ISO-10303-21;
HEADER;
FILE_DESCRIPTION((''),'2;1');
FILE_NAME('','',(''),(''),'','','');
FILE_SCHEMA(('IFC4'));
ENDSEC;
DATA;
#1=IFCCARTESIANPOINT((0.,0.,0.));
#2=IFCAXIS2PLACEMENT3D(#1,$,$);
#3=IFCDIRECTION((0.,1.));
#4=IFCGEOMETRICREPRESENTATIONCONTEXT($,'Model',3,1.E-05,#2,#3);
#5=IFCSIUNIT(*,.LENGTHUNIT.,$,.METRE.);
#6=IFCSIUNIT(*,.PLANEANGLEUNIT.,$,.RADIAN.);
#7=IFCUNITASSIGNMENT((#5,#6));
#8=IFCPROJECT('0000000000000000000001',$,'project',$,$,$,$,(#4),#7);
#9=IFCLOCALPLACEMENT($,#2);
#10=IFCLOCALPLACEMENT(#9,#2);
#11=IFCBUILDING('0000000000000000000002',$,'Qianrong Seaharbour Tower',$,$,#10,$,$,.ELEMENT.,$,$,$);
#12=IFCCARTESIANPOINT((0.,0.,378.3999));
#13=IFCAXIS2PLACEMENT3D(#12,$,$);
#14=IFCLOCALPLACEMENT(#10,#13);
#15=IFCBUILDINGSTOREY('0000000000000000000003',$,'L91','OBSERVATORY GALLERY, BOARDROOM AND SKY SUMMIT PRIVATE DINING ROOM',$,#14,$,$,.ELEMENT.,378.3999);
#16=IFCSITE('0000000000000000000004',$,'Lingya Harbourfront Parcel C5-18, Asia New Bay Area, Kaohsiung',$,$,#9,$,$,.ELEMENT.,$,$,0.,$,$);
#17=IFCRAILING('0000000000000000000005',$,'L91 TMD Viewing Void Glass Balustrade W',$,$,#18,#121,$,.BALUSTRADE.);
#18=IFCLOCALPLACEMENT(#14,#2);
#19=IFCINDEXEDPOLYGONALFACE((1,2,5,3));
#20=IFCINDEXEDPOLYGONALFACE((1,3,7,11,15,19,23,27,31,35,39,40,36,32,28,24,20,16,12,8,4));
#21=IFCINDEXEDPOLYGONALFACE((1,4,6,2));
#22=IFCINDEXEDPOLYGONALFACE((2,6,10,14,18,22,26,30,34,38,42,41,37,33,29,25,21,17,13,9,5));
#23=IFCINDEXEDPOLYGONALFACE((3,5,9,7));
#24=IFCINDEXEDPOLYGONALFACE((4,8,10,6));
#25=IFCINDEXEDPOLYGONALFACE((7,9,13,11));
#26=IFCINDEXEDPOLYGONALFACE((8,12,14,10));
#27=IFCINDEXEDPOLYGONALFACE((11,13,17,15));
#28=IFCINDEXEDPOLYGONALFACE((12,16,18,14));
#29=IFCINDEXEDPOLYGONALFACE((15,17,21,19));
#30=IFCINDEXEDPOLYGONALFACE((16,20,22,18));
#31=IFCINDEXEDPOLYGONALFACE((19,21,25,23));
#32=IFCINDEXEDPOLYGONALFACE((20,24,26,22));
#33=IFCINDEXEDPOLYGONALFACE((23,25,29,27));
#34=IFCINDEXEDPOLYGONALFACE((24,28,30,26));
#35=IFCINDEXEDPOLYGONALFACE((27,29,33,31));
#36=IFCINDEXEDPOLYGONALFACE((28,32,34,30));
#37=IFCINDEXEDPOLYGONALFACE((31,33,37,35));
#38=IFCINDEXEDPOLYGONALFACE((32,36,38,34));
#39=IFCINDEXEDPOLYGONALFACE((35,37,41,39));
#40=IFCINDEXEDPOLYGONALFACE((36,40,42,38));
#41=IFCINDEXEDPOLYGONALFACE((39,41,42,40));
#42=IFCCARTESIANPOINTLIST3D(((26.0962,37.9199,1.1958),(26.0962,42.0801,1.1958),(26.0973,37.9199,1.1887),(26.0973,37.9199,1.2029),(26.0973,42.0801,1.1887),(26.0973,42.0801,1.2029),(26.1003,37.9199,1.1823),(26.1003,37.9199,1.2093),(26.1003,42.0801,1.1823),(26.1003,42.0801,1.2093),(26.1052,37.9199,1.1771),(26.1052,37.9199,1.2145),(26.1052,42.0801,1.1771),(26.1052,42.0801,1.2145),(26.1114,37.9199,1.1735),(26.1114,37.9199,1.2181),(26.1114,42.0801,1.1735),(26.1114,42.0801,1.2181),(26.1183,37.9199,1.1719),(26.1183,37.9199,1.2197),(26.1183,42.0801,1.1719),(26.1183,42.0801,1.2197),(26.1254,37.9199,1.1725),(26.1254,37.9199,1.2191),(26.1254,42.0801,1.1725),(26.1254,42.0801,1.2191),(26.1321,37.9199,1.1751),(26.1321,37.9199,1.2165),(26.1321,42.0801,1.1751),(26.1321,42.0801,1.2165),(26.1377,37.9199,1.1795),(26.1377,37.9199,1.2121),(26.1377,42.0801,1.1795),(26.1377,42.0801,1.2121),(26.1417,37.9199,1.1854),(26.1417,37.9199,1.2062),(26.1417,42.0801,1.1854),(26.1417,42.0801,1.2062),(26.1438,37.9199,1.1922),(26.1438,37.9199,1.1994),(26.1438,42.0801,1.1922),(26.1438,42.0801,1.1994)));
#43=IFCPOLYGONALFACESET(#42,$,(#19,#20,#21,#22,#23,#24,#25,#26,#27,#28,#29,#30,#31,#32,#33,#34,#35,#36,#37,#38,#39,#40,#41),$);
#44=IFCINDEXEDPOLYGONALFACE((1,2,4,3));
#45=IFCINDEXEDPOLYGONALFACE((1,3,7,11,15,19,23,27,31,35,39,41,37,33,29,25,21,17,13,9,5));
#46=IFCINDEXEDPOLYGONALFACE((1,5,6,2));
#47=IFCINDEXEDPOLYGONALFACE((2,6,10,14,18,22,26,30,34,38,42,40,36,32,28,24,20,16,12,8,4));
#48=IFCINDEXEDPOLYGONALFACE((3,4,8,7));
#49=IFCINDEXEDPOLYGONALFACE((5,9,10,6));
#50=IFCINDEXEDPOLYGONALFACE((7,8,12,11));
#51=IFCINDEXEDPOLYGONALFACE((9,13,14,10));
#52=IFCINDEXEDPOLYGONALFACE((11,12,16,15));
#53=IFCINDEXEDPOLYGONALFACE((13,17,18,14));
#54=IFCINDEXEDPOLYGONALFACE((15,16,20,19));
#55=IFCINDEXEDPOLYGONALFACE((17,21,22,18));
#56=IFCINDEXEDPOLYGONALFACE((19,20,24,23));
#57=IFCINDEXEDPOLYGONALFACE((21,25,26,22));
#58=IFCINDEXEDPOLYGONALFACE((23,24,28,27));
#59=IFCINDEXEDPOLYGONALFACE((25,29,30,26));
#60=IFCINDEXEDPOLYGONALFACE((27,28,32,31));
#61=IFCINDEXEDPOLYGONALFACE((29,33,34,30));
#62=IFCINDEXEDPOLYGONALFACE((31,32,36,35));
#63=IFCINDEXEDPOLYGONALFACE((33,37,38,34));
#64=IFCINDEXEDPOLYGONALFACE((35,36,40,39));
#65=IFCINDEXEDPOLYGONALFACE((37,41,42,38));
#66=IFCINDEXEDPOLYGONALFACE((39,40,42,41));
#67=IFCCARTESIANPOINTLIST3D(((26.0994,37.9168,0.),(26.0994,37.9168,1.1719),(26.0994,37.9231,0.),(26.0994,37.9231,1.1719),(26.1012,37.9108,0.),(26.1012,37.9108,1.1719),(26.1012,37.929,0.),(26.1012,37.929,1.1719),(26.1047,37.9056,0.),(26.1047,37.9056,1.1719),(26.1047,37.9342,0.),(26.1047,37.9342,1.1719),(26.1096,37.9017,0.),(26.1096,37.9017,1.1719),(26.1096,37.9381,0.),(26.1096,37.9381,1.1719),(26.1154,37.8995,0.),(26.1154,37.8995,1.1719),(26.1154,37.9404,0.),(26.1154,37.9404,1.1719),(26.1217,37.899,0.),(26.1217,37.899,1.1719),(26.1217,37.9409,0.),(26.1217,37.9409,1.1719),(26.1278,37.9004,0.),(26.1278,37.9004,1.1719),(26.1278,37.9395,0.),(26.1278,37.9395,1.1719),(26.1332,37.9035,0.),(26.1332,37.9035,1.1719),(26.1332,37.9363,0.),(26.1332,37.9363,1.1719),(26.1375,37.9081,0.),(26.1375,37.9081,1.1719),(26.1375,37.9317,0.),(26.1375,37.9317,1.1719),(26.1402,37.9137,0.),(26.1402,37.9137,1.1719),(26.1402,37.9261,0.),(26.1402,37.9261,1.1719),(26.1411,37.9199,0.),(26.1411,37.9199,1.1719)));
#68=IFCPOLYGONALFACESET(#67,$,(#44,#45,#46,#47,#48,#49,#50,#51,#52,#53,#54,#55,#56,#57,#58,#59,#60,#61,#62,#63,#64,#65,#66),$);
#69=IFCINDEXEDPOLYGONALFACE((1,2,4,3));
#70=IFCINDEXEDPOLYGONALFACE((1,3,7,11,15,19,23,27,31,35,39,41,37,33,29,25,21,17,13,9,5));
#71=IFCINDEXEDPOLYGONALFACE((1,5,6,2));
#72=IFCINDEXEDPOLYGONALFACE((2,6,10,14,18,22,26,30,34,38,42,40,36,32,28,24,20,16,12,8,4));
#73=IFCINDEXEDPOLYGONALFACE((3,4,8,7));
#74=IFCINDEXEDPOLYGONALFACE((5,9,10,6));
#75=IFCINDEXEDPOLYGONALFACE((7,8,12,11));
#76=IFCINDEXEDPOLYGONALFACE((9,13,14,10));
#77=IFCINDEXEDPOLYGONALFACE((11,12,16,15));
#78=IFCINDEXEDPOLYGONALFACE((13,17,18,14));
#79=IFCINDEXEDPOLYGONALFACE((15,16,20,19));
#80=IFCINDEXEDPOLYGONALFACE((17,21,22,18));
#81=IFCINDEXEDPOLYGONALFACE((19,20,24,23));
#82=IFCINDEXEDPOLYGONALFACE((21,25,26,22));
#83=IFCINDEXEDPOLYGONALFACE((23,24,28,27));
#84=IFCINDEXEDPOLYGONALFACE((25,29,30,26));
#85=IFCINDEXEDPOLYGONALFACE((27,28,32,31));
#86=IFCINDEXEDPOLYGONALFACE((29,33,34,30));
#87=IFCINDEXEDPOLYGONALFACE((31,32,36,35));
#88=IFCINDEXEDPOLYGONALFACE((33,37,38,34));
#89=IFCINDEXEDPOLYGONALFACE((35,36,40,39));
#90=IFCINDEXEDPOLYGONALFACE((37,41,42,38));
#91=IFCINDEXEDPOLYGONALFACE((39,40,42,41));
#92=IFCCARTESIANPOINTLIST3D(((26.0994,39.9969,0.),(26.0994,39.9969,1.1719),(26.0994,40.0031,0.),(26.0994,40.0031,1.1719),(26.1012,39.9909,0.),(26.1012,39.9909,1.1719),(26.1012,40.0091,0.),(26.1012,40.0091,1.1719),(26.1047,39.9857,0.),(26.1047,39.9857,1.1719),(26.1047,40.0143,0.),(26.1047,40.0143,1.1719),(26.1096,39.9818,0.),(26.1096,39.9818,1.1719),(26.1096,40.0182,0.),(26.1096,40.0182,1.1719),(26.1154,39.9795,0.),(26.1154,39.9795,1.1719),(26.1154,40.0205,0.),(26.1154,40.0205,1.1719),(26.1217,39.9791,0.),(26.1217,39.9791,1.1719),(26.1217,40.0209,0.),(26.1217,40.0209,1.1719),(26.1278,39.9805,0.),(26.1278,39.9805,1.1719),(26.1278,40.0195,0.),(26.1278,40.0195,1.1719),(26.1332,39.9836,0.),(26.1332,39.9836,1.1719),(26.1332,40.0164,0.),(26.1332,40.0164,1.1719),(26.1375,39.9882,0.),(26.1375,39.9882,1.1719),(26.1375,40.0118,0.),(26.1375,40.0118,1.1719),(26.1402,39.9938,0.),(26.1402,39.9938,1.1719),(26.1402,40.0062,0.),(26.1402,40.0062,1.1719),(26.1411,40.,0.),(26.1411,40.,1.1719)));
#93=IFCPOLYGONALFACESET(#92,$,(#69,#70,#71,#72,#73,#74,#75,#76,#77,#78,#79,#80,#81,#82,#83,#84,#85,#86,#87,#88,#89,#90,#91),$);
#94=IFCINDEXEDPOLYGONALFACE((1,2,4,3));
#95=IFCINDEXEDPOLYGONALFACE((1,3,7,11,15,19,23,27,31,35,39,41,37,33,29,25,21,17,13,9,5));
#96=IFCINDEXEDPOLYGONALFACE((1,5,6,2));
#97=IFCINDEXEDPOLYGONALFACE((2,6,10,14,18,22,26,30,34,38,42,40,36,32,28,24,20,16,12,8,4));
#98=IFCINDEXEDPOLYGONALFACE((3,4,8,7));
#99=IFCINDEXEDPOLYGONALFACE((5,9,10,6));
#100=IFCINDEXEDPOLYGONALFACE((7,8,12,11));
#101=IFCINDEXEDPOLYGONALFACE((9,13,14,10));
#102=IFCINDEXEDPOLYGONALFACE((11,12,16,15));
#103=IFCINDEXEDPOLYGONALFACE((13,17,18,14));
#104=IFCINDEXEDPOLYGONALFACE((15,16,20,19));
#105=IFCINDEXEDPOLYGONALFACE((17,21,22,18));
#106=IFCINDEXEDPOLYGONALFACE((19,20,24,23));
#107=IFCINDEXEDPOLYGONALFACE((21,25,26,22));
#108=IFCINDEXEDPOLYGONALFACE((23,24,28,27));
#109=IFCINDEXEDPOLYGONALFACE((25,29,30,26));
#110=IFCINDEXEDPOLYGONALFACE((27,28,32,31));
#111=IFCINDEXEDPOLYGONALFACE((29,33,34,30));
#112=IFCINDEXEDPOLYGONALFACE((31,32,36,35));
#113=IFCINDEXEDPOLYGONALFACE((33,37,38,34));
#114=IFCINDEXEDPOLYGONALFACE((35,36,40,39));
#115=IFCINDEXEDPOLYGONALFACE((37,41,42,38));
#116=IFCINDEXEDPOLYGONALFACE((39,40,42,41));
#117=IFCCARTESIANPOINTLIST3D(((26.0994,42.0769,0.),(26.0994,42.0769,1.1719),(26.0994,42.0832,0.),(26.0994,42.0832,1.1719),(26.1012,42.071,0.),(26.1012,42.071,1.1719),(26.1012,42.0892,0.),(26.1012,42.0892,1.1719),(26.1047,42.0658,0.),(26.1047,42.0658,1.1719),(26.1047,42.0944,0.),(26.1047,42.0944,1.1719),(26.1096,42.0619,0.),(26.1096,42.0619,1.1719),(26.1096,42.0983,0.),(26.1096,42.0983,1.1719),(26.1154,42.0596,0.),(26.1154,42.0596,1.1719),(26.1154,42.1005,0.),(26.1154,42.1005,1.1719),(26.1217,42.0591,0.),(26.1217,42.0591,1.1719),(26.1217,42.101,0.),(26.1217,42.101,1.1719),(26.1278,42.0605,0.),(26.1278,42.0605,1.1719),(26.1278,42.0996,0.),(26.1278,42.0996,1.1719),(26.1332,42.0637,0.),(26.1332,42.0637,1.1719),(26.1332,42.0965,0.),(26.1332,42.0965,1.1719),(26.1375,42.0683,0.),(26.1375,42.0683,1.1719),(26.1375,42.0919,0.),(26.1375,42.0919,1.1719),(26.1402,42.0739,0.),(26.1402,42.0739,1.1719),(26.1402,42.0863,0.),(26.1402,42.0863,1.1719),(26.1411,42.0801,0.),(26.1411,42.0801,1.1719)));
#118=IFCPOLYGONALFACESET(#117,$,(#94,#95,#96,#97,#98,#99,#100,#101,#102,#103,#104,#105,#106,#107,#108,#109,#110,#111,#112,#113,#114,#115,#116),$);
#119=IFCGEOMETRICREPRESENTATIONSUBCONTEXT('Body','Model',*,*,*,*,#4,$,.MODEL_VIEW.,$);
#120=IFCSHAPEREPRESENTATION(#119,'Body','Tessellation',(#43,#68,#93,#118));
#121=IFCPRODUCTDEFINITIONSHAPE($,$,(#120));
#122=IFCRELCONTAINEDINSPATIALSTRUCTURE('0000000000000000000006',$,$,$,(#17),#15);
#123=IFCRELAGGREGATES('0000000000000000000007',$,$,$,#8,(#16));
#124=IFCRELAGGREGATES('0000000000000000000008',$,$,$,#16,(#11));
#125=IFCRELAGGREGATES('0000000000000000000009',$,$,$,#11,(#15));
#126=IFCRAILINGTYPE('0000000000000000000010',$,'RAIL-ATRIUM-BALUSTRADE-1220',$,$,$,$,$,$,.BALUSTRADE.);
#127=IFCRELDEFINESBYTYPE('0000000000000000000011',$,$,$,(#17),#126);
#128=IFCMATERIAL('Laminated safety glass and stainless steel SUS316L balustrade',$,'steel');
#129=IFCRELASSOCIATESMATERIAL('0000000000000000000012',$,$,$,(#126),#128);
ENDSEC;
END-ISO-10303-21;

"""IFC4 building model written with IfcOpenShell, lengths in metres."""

from ifc_helpers import new_model, si_unit, direction, frame, origin, origin_2d, place, context, subcontext, project, spatial, circle, extrude, material, type_object, element, save


model = new_model("IFC4")

# Units and contexts
model_context = context("Model", 3, precision=1e-05, world=origin(), true_north=direction((0.0, 1.0)))
body_context = subcontext(model_context, "Body", "Model", "MODEL_VIEW")
ifc_project = project(units=[si_unit("LENGTHUNIT", "METRE"), si_unit("PLANEANGLEUNIT", "RADIAN")], contexts=[model_context])

# Site, building, storey
site_placement = place(None, origin())
site = spatial("IfcSite", under=ifc_project, at=site_placement, Name="Lingya Harbourfront Parcel C5-18, Asia New Bay Area, Kaohsiung", CompositionType="ELEMENT", RefElevation=0.0)
building_placement = place(site_placement, origin())
building = spatial("IfcBuilding", under=site, at=building_placement, Name="Qianrong Seaharbour Tower", CompositionType="ELEMENT")
storey_placement = place(building_placement, frame((0.0, 0.0, 378.3999)))
storey = spatial("IfcBuildingStorey", under=building, at=storey_placement, Name="L91", Description="OBSERVATORY GALLERY, BOARDROOM AND SKY SUMMIT PRIVATE DINING ROOM", CompositionType="ELEMENT", Elevation=378.3999)

# Railing
ifc_material_1 = material(Name="Laminated safety glass and stainless steel SUS316L balustrade", Category="steel")
railing_type = type_object("IfcRailingType", Name="RAIL-ATRIUM-BALUSTRADE-1220", PredefinedType="BALUSTRADE", material=ifc_material_1)
railing_placement = place(storey_placement, frame((26.1201, 37.9199, 0.0)))
element("IfcRailing", 1, at=railing_placement, inside=storey, type_object=railing_type, Name="L91 TMD Viewing Void Glass Balustrade W", PredefinedType="BALUSTRADE", context=body_context, shape_type="SweptSolid", body=[
    extrude(circle(Radius=0.0239, at=origin_2d()), frame((0.0, 0.0, 1.1958), z_axis=(0.0, 1.0, 0.0), x_axis=(-1.0, 0.0, 0.0)), (0.0, 0.0, 1.0), 4.1602),
    extrude(circle(Radius=0.021, at=origin_2d()), origin(), (0.0, 0.0, 1.0), 1.1719),
    extrude(circle(Radius=0.021, at=origin_2d()), frame((0.0, 2.0801, 0.0)), (0.0, 0.0, 1.0), 1.1719),
    extrude(circle(Radius=0.021, at=origin_2d()), frame((0.0, 4.1602, 0.0)), (0.0, 0.0, 1.0), 1.1719),
])

save(model, "model.ifc")
